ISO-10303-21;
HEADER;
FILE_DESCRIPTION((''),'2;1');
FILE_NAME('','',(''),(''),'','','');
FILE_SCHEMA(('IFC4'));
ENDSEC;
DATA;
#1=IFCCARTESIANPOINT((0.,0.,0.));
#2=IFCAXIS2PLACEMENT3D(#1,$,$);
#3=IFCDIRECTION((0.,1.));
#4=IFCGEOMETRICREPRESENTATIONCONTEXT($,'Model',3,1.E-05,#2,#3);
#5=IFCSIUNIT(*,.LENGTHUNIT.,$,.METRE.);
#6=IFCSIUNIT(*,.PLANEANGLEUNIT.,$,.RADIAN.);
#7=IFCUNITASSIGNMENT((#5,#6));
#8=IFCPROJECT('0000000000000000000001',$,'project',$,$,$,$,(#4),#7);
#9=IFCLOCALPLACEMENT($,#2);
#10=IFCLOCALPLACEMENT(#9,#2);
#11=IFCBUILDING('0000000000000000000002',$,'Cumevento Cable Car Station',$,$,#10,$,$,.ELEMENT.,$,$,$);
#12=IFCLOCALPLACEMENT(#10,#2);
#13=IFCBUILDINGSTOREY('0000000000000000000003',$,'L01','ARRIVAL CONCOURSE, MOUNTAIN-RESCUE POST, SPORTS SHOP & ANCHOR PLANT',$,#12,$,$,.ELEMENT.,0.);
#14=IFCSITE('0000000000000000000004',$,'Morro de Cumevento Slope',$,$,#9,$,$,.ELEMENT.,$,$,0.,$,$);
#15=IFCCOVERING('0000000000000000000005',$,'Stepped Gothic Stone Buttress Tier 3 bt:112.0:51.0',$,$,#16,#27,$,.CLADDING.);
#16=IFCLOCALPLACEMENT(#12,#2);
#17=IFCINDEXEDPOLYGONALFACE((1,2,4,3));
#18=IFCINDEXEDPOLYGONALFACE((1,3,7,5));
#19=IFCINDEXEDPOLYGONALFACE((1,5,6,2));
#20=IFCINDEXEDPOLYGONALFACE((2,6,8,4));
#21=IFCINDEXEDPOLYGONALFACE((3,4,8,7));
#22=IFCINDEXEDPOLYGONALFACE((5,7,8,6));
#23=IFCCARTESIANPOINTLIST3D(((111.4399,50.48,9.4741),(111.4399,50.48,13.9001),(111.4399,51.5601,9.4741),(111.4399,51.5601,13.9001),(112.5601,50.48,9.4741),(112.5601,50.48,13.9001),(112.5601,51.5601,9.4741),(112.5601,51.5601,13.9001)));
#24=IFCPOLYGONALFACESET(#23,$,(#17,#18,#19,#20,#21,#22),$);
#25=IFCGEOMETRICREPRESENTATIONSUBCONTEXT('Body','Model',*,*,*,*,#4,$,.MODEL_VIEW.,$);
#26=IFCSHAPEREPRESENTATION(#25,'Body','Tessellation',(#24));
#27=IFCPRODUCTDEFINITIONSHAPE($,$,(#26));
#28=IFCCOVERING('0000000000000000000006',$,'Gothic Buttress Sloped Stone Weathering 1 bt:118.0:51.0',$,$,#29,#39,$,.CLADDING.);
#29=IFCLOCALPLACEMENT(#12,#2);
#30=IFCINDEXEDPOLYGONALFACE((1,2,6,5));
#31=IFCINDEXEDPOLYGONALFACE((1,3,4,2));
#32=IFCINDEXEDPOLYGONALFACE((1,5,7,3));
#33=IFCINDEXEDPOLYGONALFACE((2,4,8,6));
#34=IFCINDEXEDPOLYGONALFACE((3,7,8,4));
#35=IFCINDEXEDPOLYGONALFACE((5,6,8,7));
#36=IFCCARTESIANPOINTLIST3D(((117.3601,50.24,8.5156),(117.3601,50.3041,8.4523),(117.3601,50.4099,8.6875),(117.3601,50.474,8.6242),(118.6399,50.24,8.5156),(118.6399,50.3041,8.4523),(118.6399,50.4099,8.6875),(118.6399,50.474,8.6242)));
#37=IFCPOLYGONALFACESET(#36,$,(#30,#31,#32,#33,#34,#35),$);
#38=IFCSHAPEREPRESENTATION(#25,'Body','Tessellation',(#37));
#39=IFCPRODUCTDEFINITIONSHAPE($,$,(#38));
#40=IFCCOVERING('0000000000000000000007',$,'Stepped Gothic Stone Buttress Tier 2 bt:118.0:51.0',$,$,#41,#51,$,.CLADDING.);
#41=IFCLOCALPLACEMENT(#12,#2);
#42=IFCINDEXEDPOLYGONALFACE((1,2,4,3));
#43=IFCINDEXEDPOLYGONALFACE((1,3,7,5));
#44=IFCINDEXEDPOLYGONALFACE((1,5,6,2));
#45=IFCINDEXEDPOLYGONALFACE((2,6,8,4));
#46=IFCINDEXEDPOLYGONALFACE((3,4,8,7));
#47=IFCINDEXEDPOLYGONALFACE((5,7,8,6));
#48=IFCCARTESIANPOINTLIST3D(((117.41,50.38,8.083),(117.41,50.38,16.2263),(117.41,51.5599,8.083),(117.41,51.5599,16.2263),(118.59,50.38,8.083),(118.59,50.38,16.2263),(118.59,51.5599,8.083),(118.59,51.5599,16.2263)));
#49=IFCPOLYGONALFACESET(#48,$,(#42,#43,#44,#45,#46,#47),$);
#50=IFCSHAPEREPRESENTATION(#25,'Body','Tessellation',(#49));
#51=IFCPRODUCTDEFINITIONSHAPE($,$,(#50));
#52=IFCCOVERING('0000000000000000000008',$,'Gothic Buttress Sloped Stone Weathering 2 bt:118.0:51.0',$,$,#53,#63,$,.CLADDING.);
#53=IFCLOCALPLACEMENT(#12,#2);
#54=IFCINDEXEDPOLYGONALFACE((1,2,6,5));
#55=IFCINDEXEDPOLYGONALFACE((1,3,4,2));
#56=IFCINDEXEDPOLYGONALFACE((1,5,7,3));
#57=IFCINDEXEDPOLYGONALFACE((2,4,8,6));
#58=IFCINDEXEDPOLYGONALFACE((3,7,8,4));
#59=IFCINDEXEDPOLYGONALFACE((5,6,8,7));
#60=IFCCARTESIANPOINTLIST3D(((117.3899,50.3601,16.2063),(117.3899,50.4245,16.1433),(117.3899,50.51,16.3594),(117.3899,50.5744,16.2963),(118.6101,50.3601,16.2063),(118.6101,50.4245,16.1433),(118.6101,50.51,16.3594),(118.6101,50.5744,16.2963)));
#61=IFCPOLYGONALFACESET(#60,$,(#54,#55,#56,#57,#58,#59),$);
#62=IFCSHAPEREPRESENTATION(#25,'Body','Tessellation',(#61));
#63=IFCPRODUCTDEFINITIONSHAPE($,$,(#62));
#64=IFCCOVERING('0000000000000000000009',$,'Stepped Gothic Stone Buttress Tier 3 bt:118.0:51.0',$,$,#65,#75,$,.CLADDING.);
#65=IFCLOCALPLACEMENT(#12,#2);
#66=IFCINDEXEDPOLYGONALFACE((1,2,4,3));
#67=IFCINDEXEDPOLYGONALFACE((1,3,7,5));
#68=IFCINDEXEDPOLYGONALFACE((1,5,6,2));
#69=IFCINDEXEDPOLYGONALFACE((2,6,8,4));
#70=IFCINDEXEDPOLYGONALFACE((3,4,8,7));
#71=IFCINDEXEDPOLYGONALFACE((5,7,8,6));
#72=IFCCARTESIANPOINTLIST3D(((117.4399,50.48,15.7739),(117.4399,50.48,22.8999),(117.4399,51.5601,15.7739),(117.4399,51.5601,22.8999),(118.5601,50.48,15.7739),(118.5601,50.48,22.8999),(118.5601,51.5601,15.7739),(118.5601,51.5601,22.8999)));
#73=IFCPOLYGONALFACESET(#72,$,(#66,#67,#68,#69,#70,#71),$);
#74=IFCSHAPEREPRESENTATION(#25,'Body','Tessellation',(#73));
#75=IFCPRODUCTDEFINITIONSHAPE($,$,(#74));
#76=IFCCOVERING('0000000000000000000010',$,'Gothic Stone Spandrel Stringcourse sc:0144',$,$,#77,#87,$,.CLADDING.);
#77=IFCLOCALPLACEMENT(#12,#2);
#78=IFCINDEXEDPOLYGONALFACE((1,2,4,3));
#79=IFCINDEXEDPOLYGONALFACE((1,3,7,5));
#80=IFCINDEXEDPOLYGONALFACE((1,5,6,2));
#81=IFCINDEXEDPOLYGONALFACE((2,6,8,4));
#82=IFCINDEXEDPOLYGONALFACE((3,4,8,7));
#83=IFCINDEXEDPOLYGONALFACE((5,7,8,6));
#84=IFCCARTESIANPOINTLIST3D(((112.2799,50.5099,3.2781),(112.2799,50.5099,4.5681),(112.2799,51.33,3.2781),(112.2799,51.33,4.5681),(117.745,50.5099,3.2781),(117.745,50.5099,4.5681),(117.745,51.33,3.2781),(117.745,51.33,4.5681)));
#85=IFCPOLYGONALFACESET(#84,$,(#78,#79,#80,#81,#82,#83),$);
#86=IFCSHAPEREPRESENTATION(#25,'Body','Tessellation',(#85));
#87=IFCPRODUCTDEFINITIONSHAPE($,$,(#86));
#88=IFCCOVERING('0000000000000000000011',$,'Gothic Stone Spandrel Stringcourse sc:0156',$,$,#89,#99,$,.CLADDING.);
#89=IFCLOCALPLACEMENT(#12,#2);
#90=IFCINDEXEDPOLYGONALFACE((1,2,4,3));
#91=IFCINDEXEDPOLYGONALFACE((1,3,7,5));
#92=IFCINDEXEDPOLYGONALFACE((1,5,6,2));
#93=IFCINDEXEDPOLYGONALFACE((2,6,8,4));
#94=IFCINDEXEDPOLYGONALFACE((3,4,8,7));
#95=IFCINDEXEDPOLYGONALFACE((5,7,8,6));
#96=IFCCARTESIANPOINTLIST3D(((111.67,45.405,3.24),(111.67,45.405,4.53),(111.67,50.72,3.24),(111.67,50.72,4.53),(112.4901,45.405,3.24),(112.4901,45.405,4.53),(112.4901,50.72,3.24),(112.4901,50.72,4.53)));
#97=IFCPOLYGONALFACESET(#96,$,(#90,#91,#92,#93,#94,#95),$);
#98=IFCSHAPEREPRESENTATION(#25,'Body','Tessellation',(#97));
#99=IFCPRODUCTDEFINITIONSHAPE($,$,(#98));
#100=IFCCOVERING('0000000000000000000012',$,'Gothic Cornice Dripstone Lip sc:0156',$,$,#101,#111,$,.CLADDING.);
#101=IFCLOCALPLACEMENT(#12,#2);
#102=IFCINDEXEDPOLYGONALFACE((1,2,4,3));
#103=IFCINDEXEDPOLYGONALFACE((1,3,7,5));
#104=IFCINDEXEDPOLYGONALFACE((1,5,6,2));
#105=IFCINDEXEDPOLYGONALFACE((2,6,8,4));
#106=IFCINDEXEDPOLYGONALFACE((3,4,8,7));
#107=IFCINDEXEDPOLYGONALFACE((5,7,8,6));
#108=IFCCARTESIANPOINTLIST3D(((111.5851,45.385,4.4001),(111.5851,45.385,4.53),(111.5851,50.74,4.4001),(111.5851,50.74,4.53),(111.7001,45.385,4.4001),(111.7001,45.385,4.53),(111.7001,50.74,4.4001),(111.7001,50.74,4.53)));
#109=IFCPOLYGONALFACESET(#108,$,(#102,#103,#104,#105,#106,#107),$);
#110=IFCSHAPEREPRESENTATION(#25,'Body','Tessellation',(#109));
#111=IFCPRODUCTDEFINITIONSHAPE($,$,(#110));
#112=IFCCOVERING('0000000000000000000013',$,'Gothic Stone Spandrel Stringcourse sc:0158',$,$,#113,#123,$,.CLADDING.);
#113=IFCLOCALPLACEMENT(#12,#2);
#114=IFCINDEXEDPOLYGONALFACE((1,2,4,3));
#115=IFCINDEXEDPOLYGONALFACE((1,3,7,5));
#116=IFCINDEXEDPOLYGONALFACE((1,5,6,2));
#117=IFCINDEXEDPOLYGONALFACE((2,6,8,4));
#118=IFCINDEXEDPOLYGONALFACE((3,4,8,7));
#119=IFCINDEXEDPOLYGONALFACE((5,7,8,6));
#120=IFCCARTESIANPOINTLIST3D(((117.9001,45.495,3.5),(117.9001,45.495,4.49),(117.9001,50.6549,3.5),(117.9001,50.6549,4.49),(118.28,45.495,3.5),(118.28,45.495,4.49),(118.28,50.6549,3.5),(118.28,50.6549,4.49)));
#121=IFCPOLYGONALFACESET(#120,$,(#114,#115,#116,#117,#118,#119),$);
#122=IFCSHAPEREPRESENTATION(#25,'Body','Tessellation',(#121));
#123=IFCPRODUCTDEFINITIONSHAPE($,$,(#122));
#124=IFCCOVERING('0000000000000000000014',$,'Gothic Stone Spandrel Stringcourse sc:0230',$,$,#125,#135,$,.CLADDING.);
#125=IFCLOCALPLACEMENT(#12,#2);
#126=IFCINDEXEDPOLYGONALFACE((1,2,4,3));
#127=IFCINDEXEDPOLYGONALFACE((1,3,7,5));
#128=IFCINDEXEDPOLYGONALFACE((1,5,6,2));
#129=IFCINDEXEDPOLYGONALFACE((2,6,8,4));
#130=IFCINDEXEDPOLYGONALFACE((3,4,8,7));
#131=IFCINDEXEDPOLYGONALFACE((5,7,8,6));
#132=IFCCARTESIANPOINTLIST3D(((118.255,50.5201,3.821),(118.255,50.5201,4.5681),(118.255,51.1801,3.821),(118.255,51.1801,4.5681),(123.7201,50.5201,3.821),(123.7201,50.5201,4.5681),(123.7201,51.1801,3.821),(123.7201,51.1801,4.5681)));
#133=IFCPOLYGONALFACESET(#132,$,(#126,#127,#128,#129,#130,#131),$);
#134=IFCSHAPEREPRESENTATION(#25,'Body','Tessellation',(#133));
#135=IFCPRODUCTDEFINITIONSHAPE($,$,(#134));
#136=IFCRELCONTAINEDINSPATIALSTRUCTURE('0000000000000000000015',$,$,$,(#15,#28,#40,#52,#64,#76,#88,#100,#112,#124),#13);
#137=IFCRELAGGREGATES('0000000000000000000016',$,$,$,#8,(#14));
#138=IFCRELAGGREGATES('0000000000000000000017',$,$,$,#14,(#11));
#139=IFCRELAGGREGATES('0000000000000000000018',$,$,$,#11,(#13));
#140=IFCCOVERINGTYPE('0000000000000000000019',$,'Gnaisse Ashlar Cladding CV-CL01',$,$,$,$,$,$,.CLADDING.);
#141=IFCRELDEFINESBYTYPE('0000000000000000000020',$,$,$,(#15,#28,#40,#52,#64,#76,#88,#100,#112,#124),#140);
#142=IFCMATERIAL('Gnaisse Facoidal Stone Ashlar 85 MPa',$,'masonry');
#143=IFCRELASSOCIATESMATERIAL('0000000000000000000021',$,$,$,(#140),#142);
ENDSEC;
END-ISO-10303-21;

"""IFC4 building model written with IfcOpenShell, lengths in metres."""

from ifc_helpers import new_model, si_unit, direction, frame, origin, origin_2d, place, context, subcontext, project, spatial, polyline, rectangle, outline, extrude, material, type_object, element, save


model = new_model("IFC4")

# Units and contexts
model_context = context("Model", 3, precision=1e-05, world=origin(), true_north=direction((0.0, 1.0)))
body_context = subcontext(model_context, "Body", "Model", "MODEL_VIEW")
ifc_project = project(units=[si_unit("LENGTHUNIT", "METRE"), si_unit("PLANEANGLEUNIT", "RADIAN")], contexts=[model_context])

# Site, building, storey
site_placement = place(None, origin())
site = spatial("IfcSite", under=ifc_project, at=site_placement, Name="Morro de Cumevento Slope", CompositionType="ELEMENT", RefElevation=0.0)
building_placement = place(site_placement, origin())
building = spatial("IfcBuilding", under=site, at=building_placement, Name="Cumevento Cable Car Station", CompositionType="ELEMENT")
storey_placement = place(building_placement, origin())
storey = spatial("IfcBuildingStorey", under=building, at=storey_placement, Name="L01", Description="ARRIVAL CONCOURSE, MOUNTAIN-RESCUE POST, SPORTS SHOP & ANCHOR PLANT", CompositionType="ELEMENT", Elevation=0.0)

# Coverings
ifc_material_1 = material(Name="Gnaisse Facoidal Stone Ashlar 85 MPa", Category="masonry")
covering_type = type_object("IfcCoveringType", Name="Gnaisse Ashlar Cladding CV-CL01", PredefinedType="CLADDING", material=ifc_material_1)
covering_1_placement = place(storey_placement, frame((112.0, 51.02, 9.4741), z_axis=(0.0, 0.0, 1.0), x_axis=(1.0, 0.0, 0.0)))
element("IfcCovering", 1, at=covering_1_placement, inside=storey, type_object=covering_type, Name="Stepped Gothic Stone Buttress Tier 3 bt:112.0:51.0", PredefinedType="CLADDING", context=body_context, shape_type="SweptSolid", body=[
    extrude(rectangle(XDim=1.1201, YDim=1.0801, at=origin_2d()), origin(), (0.0, 0.0, 1.0), 4.426),
])
covering_2_placement = place(storey_placement, frame((117.3601, 50.24, 8.5156), z_axis=(0.0, -0.711136, 0.703055), x_axis=(1.0, 0.0, 0.0)))
element("IfcCovering", 2, at=covering_2_placement, inside=storey, type_object=covering_type, Name="Gothic Buttress Sloped Stone Weathering 1 bt:118.0:51.0", PredefinedType="CLADDING", context=body_context, shape_type="SweptSolid", body=[
    extrude(outline(polyline([(0.0, 0.0), (1.2798, 0.0), (1.2798, 0.2417), (0.0, 0.2417), (0.0, 0.0)])), origin(), (0.0, 0.0, -1.0), 0.0901),
])
covering_3_placement = place(storey_placement, frame((118.0, 50.97, 8.083), z_axis=(0.0, 0.0, 1.0), x_axis=(1.0, 0.0, 0.0)))
element("IfcCovering", 3, at=covering_3_placement, inside=storey, type_object=covering_type, Name="Stepped Gothic Stone Buttress Tier 2 bt:118.0:51.0", PredefinedType="CLADDING", context=body_context, shape_type="SweptSolid", body=[
    extrude(rectangle(XDim=1.1799, YDim=1.1799, at=origin_2d()), origin(), (0.0, 0.0, 1.0), 8.1433),
])
covering_4_placement = place(storey_placement, frame((117.3899, 50.3601, 16.2063), z_axis=(0.0, -0.714475, 0.699661), x_axis=(1.0, 0.0, 0.0)))
element("IfcCovering", 4, at=covering_4_placement, inside=storey, type_object=covering_type, Name="Gothic Buttress Sloped Stone Weathering 2 bt:118.0:51.0", PredefinedType="CLADDING", context=body_context, shape_type="SweptSolid", body=[
    extrude(outline(polyline([(0.0, 0.0), (1.2202, 0.0), (1.2202, 0.2142), (0.0, 0.2142), (0.0, 0.0)])), origin(), (0.0, 0.0, -1.0), 0.0901),
])
covering_5_placement = place(storey_placement, frame((118.0, 51.02, 15.7739), z_axis=(0.0, 0.0, 1.0), x_axis=(1.0, 0.0, 0.0)))
element("IfcCovering", 5, at=covering_5_placement, inside=storey, type_object=covering_type, Name="Stepped Gothic Stone Buttress Tier 3 bt:118.0:51.0", PredefinedType="CLADDING", context=body_context, shape_type="SweptSolid", body=[
    extrude(rectangle(XDim=1.1201, YDim=1.0801, at=origin_2d()), origin(), (0.0, 0.0, 1.0), 7.126),
])
covering_6_placement = place(storey_placement, frame((115.0125, 50.9199, 3.2781), z_axis=(0.0, 0.0, 1.0), x_axis=(1.0, 0.0, 0.0)))
element("IfcCovering", 6, at=covering_6_placement, inside=storey, type_object=covering_type, Name="Gothic Stone Spandrel Stringcourse sc:0144", PredefinedType="CLADDING", context=body_context, shape_type="SweptSolid", body=[
    extrude(rectangle(XDim=5.4651, YDim=0.8201, at=origin_2d()), origin(), (0.0, 0.0, 1.0), 1.29),
])
covering_7_placement = place(storey_placement, frame((112.0801, 48.0625, 3.24), z_axis=(0.0, 0.0, 1.0), x_axis=(0.0, 1.0, 0.0)))
element("IfcCovering", 7, at=covering_7_placement, inside=storey, type_object=covering_type, Name="Gothic Stone Spandrel Stringcourse sc:0156", PredefinedType="CLADDING", context=body_context, shape_type="SweptSolid", body=[
    extrude(rectangle(XDim=5.3149, YDim=0.8201, at=origin_2d()), origin(), (0.0, 0.0, 1.0), 1.29),
])
covering_8_placement = place(storey_placement, frame((111.6426, 48.0625, 4.4001), z_axis=(0.0, 0.0, 1.0), x_axis=(0.0, 1.0, 0.0)))
element("IfcCovering", 8, at=covering_8_placement, inside=storey, type_object=covering_type, Name="Gothic Cornice Dripstone Lip sc:0156", PredefinedType="CLADDING", context=body_context, shape_type="SweptSolid", body=[
    extrude(rectangle(XDim=5.355, YDim=0.115, at=origin_2d()), origin(), (0.0, 0.0, 1.0), 0.1299),
])
covering_9_placement = place(storey_placement, frame((118.0901, 48.075, 3.5), z_axis=(0.0, 0.0, 1.0), x_axis=(0.0, 1.0, 0.0)))
element("IfcCovering", 9, at=covering_9_placement, inside=storey, type_object=covering_type, Name="Gothic Stone Spandrel Stringcourse sc:0158", PredefinedType="CLADDING", context=body_context, shape_type="SweptSolid", body=[
    extrude(rectangle(XDim=5.1599, YDim=0.3799, at=origin_2d()), origin(), (0.0, 0.0, 1.0), 0.99),
])
covering_10_placement = place(storey_placement, frame((120.9875, 50.8501, 3.821), z_axis=(0.0, 0.0, 1.0), x_axis=(1.0, 0.0, 0.0)))
element("IfcCovering", 10, at=covering_10_placement, inside=storey, type_object=covering_type, Name="Gothic Stone Spandrel Stringcourse sc:0230", PredefinedType="CLADDING", context=body_context, shape_type="SweptSolid", body=[
    extrude(rectangle(XDim=5.4651, YDim=0.6599, at=origin_2d()), origin(), (0.0, 0.0, 1.0), 0.7471),
])

save(model, "model.ifc")
